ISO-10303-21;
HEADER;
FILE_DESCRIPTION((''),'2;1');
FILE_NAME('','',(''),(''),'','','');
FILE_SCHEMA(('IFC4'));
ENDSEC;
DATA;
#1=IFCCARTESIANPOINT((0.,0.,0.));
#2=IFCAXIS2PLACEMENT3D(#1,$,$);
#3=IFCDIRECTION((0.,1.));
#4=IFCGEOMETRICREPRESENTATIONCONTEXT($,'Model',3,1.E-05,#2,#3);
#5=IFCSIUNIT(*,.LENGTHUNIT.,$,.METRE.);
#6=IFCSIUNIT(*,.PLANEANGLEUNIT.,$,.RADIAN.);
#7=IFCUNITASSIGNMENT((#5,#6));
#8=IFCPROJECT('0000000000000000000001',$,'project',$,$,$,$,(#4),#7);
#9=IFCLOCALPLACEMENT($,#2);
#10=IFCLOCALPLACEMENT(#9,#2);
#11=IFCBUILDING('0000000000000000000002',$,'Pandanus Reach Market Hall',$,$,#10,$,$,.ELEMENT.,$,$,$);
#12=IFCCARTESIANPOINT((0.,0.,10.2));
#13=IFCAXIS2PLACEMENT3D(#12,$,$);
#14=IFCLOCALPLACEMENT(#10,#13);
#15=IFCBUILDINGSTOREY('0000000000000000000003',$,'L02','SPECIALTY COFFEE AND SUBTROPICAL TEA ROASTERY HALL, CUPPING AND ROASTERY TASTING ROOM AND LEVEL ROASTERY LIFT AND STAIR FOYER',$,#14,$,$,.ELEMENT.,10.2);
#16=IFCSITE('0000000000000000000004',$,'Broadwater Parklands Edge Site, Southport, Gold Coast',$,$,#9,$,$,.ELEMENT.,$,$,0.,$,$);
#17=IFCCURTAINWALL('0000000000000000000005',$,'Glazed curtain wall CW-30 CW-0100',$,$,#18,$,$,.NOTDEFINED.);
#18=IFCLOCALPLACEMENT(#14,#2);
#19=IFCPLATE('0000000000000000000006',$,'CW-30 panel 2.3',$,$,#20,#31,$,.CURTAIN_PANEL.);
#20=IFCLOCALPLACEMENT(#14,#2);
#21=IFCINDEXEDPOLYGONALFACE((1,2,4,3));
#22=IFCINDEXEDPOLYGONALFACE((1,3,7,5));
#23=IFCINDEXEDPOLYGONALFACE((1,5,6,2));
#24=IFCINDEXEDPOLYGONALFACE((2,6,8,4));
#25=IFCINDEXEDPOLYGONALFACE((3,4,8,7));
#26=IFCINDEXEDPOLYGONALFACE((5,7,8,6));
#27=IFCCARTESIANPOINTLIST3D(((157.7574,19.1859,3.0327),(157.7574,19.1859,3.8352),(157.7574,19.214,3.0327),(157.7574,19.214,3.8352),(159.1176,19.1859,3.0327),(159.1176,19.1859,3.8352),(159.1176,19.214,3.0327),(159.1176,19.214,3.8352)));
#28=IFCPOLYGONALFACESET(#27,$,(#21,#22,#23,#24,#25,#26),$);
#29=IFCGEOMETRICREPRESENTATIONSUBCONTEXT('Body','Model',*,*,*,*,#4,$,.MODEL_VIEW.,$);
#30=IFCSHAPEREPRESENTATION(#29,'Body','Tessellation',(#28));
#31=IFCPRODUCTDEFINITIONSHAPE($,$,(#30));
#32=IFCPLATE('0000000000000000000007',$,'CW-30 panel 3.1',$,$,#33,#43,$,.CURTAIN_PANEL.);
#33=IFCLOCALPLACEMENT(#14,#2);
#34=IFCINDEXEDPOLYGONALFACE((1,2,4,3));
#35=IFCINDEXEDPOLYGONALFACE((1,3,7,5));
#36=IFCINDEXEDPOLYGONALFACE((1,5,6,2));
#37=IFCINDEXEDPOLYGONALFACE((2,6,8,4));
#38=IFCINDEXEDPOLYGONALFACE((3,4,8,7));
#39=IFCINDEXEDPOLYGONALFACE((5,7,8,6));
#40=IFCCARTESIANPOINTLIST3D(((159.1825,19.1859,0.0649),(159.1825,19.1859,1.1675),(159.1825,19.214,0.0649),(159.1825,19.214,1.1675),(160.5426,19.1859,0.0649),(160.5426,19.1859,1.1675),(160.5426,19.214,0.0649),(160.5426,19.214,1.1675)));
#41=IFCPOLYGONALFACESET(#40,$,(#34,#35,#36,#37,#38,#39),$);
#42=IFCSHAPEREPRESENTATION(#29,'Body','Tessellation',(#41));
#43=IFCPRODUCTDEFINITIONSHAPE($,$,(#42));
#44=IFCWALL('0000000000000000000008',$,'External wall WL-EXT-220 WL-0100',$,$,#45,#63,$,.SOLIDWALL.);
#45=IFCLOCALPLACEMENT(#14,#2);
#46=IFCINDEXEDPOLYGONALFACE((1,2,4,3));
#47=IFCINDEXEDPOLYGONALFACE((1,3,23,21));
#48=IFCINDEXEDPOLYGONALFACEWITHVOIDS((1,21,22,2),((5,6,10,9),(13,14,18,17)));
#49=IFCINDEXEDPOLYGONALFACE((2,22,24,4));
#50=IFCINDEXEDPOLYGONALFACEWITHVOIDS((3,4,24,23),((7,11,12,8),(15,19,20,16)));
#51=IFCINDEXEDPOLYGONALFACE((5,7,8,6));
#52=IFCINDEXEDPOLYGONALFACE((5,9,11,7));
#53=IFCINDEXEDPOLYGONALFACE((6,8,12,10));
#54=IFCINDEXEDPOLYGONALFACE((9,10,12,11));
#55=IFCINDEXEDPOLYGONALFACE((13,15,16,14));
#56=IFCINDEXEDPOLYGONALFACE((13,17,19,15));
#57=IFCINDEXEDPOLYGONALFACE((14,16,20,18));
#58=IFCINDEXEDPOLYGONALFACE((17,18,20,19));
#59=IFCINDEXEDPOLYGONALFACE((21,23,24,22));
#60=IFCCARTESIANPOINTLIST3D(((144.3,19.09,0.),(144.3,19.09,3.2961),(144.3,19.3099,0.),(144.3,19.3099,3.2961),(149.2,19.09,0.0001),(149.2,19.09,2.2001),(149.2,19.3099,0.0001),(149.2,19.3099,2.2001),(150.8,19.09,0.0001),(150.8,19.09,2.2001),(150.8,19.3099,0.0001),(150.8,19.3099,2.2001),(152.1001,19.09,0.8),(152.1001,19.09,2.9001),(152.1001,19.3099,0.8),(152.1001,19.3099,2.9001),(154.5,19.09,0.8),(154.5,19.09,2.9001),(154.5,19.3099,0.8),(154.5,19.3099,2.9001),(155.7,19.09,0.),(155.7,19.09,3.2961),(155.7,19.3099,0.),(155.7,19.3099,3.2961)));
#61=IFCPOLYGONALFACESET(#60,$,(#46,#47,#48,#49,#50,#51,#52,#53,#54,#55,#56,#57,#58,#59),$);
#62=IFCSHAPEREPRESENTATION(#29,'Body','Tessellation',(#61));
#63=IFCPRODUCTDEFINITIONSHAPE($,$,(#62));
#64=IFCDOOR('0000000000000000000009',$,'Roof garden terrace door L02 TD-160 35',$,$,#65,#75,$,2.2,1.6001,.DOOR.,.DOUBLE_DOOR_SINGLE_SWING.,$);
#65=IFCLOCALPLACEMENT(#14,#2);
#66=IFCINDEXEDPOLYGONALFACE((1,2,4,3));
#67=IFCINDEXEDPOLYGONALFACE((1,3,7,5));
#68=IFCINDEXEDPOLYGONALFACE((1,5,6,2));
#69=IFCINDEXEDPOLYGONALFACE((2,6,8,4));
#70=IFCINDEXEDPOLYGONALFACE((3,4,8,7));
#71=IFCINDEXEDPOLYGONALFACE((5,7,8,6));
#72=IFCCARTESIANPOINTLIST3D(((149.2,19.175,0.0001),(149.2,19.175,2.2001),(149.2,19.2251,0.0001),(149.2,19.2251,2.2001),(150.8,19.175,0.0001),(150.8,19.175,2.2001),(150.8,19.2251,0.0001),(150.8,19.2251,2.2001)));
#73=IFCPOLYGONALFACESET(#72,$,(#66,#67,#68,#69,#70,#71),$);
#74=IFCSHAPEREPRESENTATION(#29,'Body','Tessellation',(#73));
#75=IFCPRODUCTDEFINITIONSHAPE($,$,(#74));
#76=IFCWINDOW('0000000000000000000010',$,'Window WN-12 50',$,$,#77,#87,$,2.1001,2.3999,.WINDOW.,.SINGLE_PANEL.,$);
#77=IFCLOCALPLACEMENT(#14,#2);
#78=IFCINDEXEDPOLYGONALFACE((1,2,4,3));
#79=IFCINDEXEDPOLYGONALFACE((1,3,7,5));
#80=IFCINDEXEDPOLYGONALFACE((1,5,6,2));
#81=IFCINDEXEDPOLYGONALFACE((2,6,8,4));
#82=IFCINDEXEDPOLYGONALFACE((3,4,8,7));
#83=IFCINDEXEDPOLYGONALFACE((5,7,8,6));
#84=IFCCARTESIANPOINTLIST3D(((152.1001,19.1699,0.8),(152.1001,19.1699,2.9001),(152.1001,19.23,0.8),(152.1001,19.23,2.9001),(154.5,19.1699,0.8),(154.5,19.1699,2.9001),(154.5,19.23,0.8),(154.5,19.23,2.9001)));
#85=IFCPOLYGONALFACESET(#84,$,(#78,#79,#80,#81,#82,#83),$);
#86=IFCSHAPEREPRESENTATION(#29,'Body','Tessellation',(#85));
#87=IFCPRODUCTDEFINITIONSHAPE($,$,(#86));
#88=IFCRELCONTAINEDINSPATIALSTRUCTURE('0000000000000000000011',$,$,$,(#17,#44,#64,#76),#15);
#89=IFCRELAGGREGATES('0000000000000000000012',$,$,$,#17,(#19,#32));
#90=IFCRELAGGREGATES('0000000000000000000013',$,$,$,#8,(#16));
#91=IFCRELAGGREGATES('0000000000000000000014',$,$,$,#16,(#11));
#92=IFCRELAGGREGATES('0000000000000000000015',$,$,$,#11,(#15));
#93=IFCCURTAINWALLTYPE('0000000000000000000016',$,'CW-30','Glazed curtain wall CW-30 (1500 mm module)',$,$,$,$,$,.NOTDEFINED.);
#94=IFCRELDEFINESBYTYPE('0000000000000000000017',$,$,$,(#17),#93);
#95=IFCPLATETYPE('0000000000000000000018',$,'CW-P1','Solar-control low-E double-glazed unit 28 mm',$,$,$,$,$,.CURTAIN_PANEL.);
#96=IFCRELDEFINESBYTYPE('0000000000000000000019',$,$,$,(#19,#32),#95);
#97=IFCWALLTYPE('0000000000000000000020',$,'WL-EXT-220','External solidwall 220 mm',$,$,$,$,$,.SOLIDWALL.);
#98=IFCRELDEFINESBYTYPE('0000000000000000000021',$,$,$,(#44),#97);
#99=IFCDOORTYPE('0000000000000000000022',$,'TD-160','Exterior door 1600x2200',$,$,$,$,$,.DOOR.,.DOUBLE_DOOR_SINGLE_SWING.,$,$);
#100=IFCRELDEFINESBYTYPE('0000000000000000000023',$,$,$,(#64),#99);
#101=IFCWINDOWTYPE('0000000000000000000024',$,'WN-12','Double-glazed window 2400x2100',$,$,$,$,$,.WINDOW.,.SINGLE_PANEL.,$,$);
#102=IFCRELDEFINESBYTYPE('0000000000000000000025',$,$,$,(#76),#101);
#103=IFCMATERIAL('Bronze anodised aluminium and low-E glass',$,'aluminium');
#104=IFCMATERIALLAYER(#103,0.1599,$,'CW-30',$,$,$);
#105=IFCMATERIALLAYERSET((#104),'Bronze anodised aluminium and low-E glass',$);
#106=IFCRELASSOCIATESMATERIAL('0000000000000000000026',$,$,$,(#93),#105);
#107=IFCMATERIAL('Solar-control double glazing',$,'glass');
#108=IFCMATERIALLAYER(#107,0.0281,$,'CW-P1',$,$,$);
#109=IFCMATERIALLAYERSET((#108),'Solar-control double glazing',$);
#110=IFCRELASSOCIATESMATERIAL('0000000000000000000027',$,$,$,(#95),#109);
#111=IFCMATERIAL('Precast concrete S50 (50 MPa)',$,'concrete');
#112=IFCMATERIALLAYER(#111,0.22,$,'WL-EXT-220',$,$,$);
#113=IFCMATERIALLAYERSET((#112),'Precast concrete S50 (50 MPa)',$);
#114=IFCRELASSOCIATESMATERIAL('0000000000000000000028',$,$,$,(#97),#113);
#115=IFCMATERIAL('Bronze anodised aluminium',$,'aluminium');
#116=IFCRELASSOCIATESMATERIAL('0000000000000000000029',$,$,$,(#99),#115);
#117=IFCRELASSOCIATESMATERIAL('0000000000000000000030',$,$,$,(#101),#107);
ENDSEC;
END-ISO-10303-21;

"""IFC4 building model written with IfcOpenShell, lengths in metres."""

from ifc_helpers import new_model, si_unit, direction, frame, frame_2d, origin, origin_2d, place, context, subcontext, project, spatial, rectangle, extrude, material, layer, layer_set, type_object, element, fill, aggregate, save


model = new_model("IFC4")

# Units and contexts
model_context = context("Model", 3, precision=1e-05, world=origin(), true_north=direction((0.0, 1.0)))
body_context = subcontext(model_context, "Body", "Model", "MODEL_VIEW")
ifc_project = project(units=[si_unit("LENGTHUNIT", "METRE"), si_unit("PLANEANGLEUNIT", "RADIAN")], contexts=[model_context])

# Site, building, storey
site_placement = place(None, origin())
site = spatial("IfcSite", under=ifc_project, at=site_placement, Name="Broadwater Parklands Edge Site, Southport, Gold Coast", CompositionType="ELEMENT", RefElevation=0.0)
building_placement = place(site_placement, origin())
building = spatial("IfcBuilding", under=site, at=building_placement, Name="Pandanus Reach Market Hall", CompositionType="ELEMENT")
storey_placement = place(building_placement, frame((0.0, 0.0, 10.2)))
storey = spatial("IfcBuildingStorey", under=building, at=storey_placement, Name="L02", Description="SPECIALTY COFFEE AND SUBTROPICAL TEA ROASTERY HALL, CUPPING AND ROASTERY TASTING ROOM AND LEVEL ROASTERY LIFT AND STAIR FOYER", CompositionType="ELEMENT", Elevation=10.2)

# Curtain wall, plates
ifc_material_1 = material(Name="Bronze anodised aluminium and low-E glass", Category="aluminium")
ifc_layer_1 = layer(ifc_material_1, 0.1599, Name="CW-30")
ifc_layer_set_1 = layer_set([ifc_layer_1], Name="Bronze anodised aluminium and low-E glass")
curtain_wall_type = type_object("IfcCurtainWallType", Name="CW-30", Description="Glazed curtain wall CW-30 (1500 mm module)", PredefinedType="NOTDEFINED", material=ifc_layer_set_1)
curtain_wall_placement = place(storey_placement, origin())
curtain_wall = element("IfcCurtainWall", 1, at=curtain_wall_placement, inside=storey, type_object=curtain_wall_type, Name="Glazed curtain wall CW-30 CW-0100", PredefinedType="NOTDEFINED")
ifc_material_2 = material(Name="Bronze anodised aluminium", Category="aluminium")
ifc_material_3 = material(Name="Solar-control double glazing", Category="glass")
ifc_layer_2 = layer(ifc_material_3, 0.0281, Name="CW-P1")
ifc_layer_set_2 = layer_set([ifc_layer_2], Name="Solar-control double glazing")
plate_type = type_object("IfcPlateType", Name="CW-P1", Description="Solar-control low-E double-glazed unit 28 mm", PredefinedType="CURTAIN_PANEL", material=ifc_layer_set_2)
plate_1_placement = place(storey_placement, frame((158.4375, 19.2, 3.0327), z_axis=(0.0, 0.0, 1.0), x_axis=(1.0, 0.0, 0.0)))
plate_1 = element("IfcPlate", 2, at=plate_1_placement, type_object=plate_type, Name="CW-30 panel 2.3", PredefinedType="CURTAIN_PANEL", context=body_context, shape_type="SweptSolid", body=[
    extrude(rectangle(XDim=1.3601, YDim=0.0281, at=origin_2d()), origin(), (0.0, 0.0, 1.0), 0.8025),
])
plate_2_placement = place(storey_placement, frame((159.8625, 19.2, 0.0649), z_axis=(0.0, 0.0, 1.0), x_axis=(1.0, 0.0, 0.0)))
plate_2 = element("IfcPlate", 3, at=plate_2_placement, type_object=plate_type, Name="CW-30 panel 3.1", PredefinedType="CURTAIN_PANEL", context=body_context, shape_type="SweptSolid", body=[
    extrude(rectangle(XDim=1.3601, YDim=0.0281, at=origin_2d()), origin(), (0.0, 0.0, 1.0), 1.1025),
])
aggregate(curtain_wall, [plate_1, plate_2])

# Wall, openings, door, window
ifc_material_4 = material(Name="Precast concrete S50 (50 MPa)", Category="concrete")
ifc_layer_3 = layer(ifc_material_4, 0.22, Name="WL-EXT-220")
ifc_layer_set_3 = layer_set([ifc_layer_3], Name="Precast concrete S50 (50 MPa)")
wall_type = type_object("IfcWallType", Name="WL-EXT-220", Description="External solidwall 220 mm", PredefinedType="SOLIDWALL", material=ifc_layer_set_3)
wall_placement = place(storey_placement, frame((144.3, 19.2, 0.0), z_axis=(0.0, 0.0, 1.0), x_axis=(1.0, 0.0, 0.0)))
wall = element("IfcWall", 4, at=wall_placement, inside=storey, type_object=wall_type, Name="External wall WL-EXT-220 WL-0100", PredefinedType="SOLIDWALL", context=body_context, shape_type="SweptSolid", body=[
    extrude(rectangle(XDim=11.3999, YDim=0.22, at=frame_2d((5.7, 0.0))), origin(), (0.0, 0.0, 1.0), 3.2961),
])
opening_1_placement = place(wall_placement, frame((4.8999, 0.0, 0.0)))
opening_1 = element("IfcOpeningElement", 5, at=opening_1_placement, cuts=wall, PredefinedType="OPENING", context=body_context, shape_type="SweptSolid", body=[
    extrude(rectangle(XDim=1.6001, YDim=2.2, at=frame_2d((0.8, 1.1001))), frame((0.0, 0.125, 0.0), z_axis=(0.0, -1.0, 0.0), x_axis=(1.0, 0.0, 0.0)), (0.0, 0.0, 1.0), 0.25),
])
opening_2_placement = place(wall_placement, frame((7.8, 0.0, 0.8)))
opening_2 = element("IfcOpeningElement", 6, at=opening_2_placement, cuts=wall, PredefinedType="OPENING", context=body_context, shape_type="SweptSolid", body=[
    extrude(rectangle(XDim=2.3999, YDim=2.1001, at=frame_2d((1.2, 1.05))), frame((0.0, 0.125, 0.0), z_axis=(0.0, -1.0, 0.0), x_axis=(1.0, 0.0, 0.0)), (0.0, 0.0, 1.0), 0.25),
])
door_type = type_object("IfcDoorType", Name="TD-160", Description="Exterior door 1600x2200", OperationType="DOUBLE_DOOR_SINGLE_SWING", PredefinedType="DOOR", material=ifc_material_2)
door_placement = place(opening_1_placement, frame((1.6001, 0.0, 0.0), z_axis=(0.0, 0.0, 1.0), x_axis=(-1.0, 0.0, 0.0)))
door = element("IfcDoor", 7, at=door_placement, inside=storey, type_object=door_type, Name="Roof garden terrace door L02 TD-160 35", OperationType="DOUBLE_DOOR_SINGLE_SWING", OverallHeight=2.2, OverallWidth=1.6001, PredefinedType="DOOR", context=body_context, shape_type="SweptSolid", body=[
    extrude(rectangle(XDim=1.6001, YDim=2.2, at=frame_2d((0.8, 1.1001))), frame((0.0, 0.0249, 0.0), z_axis=(0.0, -1.0, 0.0), x_axis=(1.0, 0.0, 0.0)), (0.0, 0.0, 1.0), 0.05),
])
fill(opening_1, door)
window_type = type_object("IfcWindowType", Name="WN-12", Description="Double-glazed window 2400x2100", PartitioningType="SINGLE_PANEL", PredefinedType="WINDOW", material=ifc_material_3)
window_placement = place(opening_2_placement, origin())
window = element("IfcWindow", 8, at=window_placement, inside=storey, type_object=window_type, Name="Window WN-12 50", OverallHeight=2.1001, OverallWidth=2.3999, PartitioningType="SINGLE_PANEL", PredefinedType="WINDOW", context=body_context, shape_type="SweptSolid", body=[
    extrude(rectangle(XDim=2.3999, YDim=2.1001, at=frame_2d((1.2, 1.05))), frame((0.0, 0.03, 0.0), z_axis=(0.0, -1.0, 0.0), x_axis=(1.0, 0.0, 0.0)), (0.0, 0.0, 1.0), 0.0601),
])
fill(opening_2, window)

save(model, "model.ifc")
